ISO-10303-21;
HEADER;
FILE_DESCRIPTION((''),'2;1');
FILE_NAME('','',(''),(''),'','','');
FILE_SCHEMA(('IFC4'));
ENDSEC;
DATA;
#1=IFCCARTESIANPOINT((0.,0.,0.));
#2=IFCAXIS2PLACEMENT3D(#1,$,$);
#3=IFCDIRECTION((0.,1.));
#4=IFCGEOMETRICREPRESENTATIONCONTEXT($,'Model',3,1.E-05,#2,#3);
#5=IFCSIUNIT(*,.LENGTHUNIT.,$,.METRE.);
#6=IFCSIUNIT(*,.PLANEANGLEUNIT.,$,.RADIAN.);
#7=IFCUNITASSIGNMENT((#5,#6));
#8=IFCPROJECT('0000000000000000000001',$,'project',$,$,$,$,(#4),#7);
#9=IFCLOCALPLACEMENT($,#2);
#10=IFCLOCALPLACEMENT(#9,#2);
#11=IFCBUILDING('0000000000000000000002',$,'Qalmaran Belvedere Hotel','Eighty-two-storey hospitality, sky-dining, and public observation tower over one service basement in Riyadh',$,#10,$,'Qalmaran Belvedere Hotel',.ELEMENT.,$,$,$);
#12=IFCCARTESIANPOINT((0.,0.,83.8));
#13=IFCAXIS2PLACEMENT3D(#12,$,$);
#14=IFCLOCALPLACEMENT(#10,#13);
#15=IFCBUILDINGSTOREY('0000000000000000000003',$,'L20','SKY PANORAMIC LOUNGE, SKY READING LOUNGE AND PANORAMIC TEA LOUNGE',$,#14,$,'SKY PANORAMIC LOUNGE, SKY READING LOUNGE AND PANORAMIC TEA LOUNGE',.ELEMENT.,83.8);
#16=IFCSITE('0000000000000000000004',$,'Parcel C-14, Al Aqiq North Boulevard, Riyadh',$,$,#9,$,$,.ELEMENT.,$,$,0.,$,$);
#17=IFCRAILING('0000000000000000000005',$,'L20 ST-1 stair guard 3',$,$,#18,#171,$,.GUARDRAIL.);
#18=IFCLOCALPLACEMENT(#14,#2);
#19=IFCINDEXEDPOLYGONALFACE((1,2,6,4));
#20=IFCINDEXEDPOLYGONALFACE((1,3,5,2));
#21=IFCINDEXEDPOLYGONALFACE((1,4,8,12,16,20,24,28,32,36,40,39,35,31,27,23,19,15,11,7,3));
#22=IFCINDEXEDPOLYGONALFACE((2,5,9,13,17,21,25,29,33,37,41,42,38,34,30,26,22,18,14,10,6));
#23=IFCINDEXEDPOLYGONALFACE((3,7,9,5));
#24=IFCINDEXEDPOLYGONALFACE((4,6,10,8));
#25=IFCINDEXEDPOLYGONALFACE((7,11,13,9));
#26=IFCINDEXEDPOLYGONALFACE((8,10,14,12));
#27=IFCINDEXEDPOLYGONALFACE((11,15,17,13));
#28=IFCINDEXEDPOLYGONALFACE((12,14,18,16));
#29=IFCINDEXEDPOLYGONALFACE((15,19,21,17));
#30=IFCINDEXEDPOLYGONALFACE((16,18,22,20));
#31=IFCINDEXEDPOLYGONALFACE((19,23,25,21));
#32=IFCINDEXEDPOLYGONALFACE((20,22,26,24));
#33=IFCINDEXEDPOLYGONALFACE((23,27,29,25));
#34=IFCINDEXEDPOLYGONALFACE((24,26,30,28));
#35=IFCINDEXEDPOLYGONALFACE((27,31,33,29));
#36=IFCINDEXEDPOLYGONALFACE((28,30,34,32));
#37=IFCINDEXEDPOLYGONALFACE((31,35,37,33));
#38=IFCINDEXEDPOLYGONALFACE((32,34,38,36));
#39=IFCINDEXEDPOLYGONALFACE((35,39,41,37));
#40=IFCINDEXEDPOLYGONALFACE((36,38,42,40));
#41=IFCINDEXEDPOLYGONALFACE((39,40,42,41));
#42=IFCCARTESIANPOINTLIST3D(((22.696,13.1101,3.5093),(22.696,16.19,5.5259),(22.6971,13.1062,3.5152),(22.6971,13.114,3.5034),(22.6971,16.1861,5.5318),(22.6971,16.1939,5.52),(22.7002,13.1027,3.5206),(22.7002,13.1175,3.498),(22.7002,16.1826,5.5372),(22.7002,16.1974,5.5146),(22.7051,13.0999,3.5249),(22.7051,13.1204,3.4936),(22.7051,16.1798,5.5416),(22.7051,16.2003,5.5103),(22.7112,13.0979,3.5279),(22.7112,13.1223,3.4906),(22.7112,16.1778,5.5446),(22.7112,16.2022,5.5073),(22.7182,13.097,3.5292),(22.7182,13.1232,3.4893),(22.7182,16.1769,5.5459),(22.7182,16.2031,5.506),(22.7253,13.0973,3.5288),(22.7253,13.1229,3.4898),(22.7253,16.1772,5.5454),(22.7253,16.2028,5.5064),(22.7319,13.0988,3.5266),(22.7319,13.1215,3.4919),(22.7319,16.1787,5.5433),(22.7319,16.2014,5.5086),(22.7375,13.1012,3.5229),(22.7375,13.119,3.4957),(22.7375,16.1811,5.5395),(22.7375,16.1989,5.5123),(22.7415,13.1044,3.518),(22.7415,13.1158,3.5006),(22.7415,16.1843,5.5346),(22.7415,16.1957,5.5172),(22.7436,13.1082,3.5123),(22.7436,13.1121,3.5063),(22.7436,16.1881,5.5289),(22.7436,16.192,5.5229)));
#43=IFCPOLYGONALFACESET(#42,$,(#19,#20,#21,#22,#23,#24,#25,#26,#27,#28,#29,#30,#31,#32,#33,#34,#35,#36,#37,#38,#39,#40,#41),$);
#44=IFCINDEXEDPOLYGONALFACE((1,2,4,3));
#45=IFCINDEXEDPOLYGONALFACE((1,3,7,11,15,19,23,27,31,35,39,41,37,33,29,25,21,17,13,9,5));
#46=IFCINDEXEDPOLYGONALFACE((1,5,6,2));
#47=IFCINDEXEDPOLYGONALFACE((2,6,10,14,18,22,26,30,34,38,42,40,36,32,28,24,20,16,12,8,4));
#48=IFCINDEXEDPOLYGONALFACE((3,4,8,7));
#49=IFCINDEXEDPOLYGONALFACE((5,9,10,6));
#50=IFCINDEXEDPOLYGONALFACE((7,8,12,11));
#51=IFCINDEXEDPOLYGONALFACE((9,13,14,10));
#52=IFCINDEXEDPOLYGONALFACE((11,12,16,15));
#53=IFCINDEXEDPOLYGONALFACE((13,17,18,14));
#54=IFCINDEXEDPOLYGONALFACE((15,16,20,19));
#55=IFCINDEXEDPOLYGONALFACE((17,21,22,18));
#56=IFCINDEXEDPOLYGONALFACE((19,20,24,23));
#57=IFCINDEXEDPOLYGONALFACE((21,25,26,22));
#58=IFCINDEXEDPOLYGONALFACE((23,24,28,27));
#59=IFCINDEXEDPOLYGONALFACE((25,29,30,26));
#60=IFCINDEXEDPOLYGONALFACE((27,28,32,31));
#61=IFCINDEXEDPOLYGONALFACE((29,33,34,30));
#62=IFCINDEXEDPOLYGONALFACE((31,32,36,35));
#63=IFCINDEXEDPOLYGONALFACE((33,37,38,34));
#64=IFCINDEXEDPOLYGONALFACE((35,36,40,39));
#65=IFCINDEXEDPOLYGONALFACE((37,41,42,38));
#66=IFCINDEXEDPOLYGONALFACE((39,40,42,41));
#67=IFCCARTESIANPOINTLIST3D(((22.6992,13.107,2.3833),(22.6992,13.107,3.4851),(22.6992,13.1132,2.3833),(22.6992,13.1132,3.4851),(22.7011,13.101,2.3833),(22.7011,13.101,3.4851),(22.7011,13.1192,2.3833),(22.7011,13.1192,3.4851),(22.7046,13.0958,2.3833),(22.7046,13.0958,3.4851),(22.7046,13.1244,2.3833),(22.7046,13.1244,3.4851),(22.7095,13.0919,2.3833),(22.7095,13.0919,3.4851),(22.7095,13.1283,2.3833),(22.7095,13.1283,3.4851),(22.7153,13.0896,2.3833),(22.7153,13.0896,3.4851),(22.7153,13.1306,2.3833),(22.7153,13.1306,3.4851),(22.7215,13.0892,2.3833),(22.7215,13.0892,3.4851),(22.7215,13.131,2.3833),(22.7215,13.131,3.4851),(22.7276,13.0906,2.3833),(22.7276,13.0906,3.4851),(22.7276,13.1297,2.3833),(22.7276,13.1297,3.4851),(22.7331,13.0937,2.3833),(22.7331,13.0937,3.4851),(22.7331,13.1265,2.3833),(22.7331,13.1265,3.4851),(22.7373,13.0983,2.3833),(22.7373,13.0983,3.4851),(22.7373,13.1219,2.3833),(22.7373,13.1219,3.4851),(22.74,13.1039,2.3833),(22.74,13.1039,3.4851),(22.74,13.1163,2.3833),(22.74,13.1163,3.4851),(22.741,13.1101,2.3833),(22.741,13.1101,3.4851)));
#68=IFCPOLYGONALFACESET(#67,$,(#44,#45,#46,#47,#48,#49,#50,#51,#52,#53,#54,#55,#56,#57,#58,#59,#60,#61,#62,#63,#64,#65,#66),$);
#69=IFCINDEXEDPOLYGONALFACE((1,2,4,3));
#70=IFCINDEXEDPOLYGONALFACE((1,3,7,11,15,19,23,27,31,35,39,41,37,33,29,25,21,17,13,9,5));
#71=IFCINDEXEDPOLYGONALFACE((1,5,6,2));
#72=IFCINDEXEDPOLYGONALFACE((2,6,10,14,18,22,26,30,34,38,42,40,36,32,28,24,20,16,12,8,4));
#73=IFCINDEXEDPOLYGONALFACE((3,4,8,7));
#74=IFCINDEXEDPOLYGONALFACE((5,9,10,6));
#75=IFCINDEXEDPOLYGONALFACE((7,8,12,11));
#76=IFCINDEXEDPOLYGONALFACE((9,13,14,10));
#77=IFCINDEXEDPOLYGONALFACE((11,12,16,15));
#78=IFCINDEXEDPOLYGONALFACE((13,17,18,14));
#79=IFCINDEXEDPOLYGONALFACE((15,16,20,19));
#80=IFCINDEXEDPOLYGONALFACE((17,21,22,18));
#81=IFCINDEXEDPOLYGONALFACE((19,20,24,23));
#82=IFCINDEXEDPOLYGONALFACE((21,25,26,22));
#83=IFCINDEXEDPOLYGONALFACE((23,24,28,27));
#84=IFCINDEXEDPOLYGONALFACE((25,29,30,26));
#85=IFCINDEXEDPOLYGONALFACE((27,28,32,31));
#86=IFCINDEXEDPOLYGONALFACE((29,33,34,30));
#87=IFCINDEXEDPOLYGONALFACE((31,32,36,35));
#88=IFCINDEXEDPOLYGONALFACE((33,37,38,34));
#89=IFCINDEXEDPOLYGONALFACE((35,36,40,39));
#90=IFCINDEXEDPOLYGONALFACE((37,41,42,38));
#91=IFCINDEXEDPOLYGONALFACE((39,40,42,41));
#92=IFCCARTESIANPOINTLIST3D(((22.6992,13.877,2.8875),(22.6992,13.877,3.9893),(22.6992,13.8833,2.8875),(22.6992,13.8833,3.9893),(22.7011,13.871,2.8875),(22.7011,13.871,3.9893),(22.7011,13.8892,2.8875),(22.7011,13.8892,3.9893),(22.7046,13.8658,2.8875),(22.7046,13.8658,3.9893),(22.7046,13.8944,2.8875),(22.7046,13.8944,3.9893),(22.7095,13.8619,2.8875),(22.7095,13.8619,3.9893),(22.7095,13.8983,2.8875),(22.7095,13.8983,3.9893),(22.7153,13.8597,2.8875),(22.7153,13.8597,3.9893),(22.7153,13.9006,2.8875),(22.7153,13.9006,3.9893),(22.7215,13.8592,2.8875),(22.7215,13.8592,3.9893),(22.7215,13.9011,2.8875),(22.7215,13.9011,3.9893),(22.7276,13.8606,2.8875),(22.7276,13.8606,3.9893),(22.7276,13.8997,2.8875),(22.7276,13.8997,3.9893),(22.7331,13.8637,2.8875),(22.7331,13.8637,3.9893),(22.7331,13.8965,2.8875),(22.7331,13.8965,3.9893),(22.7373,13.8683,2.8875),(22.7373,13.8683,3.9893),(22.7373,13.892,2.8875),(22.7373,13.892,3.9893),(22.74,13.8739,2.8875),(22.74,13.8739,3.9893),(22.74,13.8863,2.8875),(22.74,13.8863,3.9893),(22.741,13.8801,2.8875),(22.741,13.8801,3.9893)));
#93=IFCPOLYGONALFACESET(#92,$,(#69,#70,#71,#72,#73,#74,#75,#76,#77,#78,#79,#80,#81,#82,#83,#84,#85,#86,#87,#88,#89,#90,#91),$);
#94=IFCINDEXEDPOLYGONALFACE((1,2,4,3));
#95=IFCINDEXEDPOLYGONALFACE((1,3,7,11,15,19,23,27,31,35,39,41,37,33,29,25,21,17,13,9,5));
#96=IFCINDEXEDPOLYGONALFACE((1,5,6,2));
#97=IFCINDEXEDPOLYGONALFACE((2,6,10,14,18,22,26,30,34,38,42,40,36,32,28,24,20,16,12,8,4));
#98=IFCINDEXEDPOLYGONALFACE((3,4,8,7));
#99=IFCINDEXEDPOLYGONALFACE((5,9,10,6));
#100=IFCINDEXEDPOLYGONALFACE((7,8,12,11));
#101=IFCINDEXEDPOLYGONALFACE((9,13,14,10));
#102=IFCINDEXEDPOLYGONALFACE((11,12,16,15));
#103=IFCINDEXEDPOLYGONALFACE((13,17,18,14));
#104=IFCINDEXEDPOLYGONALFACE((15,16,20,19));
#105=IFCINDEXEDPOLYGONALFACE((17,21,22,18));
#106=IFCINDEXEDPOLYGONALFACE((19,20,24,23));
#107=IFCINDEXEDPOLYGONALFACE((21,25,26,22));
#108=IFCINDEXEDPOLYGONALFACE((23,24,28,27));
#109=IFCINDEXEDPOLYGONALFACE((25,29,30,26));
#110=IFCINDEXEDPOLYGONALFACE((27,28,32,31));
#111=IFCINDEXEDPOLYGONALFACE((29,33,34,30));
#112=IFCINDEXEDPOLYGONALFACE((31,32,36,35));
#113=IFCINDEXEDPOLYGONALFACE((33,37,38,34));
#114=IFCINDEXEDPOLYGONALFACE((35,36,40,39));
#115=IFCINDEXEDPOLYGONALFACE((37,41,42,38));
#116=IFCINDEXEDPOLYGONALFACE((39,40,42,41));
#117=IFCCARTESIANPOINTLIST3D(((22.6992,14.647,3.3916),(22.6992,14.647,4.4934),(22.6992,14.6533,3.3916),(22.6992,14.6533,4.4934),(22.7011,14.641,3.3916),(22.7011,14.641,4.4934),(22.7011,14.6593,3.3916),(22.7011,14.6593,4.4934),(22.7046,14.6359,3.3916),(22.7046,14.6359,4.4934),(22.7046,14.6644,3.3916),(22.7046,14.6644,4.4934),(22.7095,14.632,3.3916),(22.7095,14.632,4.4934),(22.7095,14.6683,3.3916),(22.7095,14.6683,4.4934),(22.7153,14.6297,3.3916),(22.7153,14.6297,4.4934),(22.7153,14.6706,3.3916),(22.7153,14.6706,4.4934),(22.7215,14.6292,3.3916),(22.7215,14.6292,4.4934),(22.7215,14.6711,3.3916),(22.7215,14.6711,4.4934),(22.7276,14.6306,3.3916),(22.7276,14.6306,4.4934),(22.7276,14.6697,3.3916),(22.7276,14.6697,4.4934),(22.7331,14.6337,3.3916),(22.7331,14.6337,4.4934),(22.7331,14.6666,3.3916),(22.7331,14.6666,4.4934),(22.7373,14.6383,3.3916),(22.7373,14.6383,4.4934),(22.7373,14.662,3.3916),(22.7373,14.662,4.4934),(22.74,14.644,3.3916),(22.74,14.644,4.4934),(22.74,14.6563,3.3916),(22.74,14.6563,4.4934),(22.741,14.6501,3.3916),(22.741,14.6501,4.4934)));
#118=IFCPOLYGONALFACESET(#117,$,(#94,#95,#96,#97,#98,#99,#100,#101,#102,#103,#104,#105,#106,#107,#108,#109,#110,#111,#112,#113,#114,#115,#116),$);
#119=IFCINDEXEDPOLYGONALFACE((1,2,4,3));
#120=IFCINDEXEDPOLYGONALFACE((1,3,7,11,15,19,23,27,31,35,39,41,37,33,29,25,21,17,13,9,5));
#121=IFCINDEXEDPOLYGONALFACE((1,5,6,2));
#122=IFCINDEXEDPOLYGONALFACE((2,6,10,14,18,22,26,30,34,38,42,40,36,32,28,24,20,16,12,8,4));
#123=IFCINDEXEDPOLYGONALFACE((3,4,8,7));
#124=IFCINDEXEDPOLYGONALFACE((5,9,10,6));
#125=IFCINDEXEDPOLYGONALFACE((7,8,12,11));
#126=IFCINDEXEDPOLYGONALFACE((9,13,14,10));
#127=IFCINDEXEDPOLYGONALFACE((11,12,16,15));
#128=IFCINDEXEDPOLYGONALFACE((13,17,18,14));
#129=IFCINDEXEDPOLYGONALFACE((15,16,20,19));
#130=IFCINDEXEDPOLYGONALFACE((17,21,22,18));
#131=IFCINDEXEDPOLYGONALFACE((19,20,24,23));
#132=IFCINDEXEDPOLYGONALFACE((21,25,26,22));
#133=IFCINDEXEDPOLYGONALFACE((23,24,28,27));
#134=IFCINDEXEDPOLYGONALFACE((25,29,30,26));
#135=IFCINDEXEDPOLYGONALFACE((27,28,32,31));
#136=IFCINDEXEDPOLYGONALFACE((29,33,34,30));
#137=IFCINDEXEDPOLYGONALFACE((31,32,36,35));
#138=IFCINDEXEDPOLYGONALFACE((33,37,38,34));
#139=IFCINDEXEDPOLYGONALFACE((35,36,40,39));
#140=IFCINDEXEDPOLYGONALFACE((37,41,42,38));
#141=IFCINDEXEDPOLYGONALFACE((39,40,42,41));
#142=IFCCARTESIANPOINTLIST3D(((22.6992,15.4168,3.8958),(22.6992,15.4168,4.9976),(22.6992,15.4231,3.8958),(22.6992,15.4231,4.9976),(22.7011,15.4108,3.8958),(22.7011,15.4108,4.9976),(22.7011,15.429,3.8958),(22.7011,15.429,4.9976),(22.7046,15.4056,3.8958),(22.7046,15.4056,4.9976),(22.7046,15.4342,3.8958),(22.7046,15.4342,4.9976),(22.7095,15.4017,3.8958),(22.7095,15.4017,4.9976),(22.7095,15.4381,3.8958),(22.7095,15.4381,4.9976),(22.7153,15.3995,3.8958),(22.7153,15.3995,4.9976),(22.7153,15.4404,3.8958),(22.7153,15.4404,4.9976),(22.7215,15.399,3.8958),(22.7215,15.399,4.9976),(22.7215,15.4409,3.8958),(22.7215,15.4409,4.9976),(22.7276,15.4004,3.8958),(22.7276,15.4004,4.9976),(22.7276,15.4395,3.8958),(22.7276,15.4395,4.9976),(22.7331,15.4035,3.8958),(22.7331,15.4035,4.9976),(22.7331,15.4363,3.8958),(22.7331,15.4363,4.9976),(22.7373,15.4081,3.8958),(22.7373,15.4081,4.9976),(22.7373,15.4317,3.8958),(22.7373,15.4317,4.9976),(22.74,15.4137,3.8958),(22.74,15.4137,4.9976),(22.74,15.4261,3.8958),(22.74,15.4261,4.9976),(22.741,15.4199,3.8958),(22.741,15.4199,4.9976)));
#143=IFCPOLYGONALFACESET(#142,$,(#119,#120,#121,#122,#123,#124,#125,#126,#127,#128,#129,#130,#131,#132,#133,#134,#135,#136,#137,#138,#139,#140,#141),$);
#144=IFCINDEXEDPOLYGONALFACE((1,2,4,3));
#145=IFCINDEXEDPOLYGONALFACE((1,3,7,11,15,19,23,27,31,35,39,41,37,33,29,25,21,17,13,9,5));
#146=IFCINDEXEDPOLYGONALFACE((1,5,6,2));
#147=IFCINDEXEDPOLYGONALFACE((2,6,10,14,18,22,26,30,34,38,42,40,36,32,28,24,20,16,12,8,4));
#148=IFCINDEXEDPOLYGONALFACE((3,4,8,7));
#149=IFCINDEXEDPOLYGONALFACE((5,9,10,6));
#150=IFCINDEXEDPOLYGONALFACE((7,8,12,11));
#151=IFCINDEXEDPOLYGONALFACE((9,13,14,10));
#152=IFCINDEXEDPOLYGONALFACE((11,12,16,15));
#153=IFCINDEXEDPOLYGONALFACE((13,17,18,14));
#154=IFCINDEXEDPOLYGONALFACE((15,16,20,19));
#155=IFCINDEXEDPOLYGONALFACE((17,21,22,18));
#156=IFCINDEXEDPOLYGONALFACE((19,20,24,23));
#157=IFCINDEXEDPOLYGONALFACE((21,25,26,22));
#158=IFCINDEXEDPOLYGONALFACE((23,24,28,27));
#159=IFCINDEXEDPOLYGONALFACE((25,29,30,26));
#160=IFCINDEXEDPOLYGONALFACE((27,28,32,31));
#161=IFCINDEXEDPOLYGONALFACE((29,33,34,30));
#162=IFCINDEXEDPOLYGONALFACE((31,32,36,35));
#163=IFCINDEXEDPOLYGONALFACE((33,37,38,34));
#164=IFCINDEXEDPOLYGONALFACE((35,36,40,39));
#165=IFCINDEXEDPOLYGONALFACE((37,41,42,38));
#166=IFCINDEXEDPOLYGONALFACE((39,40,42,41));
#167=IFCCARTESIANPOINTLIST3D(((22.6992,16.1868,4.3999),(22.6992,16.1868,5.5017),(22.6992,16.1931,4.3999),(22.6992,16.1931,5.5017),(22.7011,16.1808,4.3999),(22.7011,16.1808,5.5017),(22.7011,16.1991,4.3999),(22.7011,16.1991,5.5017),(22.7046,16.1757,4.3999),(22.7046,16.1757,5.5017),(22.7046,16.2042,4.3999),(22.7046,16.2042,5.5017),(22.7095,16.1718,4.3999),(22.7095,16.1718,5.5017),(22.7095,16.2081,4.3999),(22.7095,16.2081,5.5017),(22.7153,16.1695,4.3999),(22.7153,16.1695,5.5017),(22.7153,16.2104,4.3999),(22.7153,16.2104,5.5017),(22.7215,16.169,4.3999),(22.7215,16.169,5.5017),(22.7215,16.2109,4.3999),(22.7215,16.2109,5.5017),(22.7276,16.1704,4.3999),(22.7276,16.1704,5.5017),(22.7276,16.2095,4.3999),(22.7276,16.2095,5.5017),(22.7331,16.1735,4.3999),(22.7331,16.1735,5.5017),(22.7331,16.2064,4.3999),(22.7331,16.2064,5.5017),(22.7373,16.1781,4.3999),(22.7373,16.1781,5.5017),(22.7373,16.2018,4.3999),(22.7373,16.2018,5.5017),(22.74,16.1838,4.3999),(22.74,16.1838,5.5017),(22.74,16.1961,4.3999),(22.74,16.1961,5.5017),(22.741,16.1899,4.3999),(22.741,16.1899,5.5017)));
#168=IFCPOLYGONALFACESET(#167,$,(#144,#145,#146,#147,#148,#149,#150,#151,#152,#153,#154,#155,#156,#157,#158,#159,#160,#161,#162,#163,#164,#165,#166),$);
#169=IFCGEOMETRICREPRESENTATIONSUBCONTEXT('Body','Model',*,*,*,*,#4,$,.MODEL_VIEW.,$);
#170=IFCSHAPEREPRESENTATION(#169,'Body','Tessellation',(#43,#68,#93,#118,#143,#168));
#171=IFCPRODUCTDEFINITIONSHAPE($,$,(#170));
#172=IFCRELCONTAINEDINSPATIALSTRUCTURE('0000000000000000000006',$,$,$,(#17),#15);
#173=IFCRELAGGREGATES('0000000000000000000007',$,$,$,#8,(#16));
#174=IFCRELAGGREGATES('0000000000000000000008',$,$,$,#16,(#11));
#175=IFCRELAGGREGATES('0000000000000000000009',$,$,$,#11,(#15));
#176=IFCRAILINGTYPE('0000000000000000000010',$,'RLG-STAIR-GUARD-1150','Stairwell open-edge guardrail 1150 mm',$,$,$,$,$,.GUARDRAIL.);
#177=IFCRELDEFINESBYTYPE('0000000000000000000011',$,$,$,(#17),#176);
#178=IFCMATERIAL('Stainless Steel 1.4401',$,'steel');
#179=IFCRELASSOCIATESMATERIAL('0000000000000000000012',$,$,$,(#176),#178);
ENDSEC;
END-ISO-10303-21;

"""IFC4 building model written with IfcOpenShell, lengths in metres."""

from ifc_helpers import new_model, si_unit, direction, frame, origin, origin_2d, place, context, subcontext, project, spatial, circle, extrude, material, type_object, element, save


model = new_model("IFC4")

# Units and contexts
model_context = context("Model", 3, precision=1e-05, world=origin(), true_north=direction((0.0, 1.0)))
body_context = subcontext(model_context, "Body", "Model", "MODEL_VIEW")
ifc_project = project(units=[si_unit("LENGTHUNIT", "METRE"), si_unit("PLANEANGLEUNIT", "RADIAN")], contexts=[model_context])

# Site, building, storey
site_placement = place(None, origin())
site = spatial("IfcSite", under=ifc_project, at=site_placement, Name="Parcel C-14, Al Aqiq North Boulevard, Riyadh", CompositionType="ELEMENT", RefElevation=0.0)
building_placement = place(site_placement, origin())
building = spatial("IfcBuilding", under=site, at=building_placement, Name="Qalmaran Belvedere Hotel", Description="Eighty-two-storey hospitality, sky-dining, and public observation tower over one service basement in Riyadh", LongName="Qalmaran Belvedere Hotel", CompositionType="ELEMENT")
storey_placement = place(building_placement, frame((0.0, 0.0, 83.8)))
storey = spatial("IfcBuildingStorey", under=building, at=storey_placement, Name="L20", Description="SKY PANORAMIC LOUNGE, SKY READING LOUNGE AND PANORAMIC TEA LOUNGE", LongName="SKY PANORAMIC LOUNGE, SKY READING LOUNGE AND PANORAMIC TEA LOUNGE", CompositionType="ELEMENT", Elevation=83.8)

# Railing
ifc_material_1 = material(Name="Stainless Steel 1.4401", Category="steel")
railing_type_1 = type_object("IfcRailingType", Name="RLG-STAIR-GUARD-1150", Description="Stairwell open-edge guardrail 1150 mm", PredefinedType="GUARDRAIL", material=ifc_material_1)
railing_1_placement = place(storey_placement, frame((22.72, 13.1101, 2.3833)))
element("IfcRailing", 1, at=railing_1_placement, inside=storey, type_object=railing_type_1, Name="L20 ST-1 stair guard 3", PredefinedType="GUARDRAIL", context=body_context, shape_type="SweptSolid", body=[
    extrude(circle(Radius=0.0239, at=origin_2d()), frame((0.0, 0.0, 1.126), z_axis=(0.0, 0.836613, 0.547794), x_axis=(-1.0, 0.0, 0.0)), (0.0, 0.0, 1.0), 3.6814),
    extrude(circle(Radius=0.021, at=origin_2d()), origin(), (0.0, 0.0, 1.0), 1.1018),
    extrude(circle(Radius=0.021, at=origin_2d()), frame((0.0, 0.77, 0.5042)), (0.0, 0.0, 1.0), 1.1018),
    extrude(circle(Radius=0.021, at=origin_2d()), frame((0.0, 1.54, 1.0083)), (0.0, 0.0, 1.0), 1.1018),
    extrude(circle(Radius=0.021, at=origin_2d()), frame((0.0, 2.3098, 1.5125)), (0.0, 0.0, 1.0), 1.1018),
    extrude(circle(Radius=0.021, at=origin_2d()), frame((0.0, 3.0798, 2.0166)), (0.0, 0.0, 1.0), 1.1018),
])

save(model, "model.ifc")
